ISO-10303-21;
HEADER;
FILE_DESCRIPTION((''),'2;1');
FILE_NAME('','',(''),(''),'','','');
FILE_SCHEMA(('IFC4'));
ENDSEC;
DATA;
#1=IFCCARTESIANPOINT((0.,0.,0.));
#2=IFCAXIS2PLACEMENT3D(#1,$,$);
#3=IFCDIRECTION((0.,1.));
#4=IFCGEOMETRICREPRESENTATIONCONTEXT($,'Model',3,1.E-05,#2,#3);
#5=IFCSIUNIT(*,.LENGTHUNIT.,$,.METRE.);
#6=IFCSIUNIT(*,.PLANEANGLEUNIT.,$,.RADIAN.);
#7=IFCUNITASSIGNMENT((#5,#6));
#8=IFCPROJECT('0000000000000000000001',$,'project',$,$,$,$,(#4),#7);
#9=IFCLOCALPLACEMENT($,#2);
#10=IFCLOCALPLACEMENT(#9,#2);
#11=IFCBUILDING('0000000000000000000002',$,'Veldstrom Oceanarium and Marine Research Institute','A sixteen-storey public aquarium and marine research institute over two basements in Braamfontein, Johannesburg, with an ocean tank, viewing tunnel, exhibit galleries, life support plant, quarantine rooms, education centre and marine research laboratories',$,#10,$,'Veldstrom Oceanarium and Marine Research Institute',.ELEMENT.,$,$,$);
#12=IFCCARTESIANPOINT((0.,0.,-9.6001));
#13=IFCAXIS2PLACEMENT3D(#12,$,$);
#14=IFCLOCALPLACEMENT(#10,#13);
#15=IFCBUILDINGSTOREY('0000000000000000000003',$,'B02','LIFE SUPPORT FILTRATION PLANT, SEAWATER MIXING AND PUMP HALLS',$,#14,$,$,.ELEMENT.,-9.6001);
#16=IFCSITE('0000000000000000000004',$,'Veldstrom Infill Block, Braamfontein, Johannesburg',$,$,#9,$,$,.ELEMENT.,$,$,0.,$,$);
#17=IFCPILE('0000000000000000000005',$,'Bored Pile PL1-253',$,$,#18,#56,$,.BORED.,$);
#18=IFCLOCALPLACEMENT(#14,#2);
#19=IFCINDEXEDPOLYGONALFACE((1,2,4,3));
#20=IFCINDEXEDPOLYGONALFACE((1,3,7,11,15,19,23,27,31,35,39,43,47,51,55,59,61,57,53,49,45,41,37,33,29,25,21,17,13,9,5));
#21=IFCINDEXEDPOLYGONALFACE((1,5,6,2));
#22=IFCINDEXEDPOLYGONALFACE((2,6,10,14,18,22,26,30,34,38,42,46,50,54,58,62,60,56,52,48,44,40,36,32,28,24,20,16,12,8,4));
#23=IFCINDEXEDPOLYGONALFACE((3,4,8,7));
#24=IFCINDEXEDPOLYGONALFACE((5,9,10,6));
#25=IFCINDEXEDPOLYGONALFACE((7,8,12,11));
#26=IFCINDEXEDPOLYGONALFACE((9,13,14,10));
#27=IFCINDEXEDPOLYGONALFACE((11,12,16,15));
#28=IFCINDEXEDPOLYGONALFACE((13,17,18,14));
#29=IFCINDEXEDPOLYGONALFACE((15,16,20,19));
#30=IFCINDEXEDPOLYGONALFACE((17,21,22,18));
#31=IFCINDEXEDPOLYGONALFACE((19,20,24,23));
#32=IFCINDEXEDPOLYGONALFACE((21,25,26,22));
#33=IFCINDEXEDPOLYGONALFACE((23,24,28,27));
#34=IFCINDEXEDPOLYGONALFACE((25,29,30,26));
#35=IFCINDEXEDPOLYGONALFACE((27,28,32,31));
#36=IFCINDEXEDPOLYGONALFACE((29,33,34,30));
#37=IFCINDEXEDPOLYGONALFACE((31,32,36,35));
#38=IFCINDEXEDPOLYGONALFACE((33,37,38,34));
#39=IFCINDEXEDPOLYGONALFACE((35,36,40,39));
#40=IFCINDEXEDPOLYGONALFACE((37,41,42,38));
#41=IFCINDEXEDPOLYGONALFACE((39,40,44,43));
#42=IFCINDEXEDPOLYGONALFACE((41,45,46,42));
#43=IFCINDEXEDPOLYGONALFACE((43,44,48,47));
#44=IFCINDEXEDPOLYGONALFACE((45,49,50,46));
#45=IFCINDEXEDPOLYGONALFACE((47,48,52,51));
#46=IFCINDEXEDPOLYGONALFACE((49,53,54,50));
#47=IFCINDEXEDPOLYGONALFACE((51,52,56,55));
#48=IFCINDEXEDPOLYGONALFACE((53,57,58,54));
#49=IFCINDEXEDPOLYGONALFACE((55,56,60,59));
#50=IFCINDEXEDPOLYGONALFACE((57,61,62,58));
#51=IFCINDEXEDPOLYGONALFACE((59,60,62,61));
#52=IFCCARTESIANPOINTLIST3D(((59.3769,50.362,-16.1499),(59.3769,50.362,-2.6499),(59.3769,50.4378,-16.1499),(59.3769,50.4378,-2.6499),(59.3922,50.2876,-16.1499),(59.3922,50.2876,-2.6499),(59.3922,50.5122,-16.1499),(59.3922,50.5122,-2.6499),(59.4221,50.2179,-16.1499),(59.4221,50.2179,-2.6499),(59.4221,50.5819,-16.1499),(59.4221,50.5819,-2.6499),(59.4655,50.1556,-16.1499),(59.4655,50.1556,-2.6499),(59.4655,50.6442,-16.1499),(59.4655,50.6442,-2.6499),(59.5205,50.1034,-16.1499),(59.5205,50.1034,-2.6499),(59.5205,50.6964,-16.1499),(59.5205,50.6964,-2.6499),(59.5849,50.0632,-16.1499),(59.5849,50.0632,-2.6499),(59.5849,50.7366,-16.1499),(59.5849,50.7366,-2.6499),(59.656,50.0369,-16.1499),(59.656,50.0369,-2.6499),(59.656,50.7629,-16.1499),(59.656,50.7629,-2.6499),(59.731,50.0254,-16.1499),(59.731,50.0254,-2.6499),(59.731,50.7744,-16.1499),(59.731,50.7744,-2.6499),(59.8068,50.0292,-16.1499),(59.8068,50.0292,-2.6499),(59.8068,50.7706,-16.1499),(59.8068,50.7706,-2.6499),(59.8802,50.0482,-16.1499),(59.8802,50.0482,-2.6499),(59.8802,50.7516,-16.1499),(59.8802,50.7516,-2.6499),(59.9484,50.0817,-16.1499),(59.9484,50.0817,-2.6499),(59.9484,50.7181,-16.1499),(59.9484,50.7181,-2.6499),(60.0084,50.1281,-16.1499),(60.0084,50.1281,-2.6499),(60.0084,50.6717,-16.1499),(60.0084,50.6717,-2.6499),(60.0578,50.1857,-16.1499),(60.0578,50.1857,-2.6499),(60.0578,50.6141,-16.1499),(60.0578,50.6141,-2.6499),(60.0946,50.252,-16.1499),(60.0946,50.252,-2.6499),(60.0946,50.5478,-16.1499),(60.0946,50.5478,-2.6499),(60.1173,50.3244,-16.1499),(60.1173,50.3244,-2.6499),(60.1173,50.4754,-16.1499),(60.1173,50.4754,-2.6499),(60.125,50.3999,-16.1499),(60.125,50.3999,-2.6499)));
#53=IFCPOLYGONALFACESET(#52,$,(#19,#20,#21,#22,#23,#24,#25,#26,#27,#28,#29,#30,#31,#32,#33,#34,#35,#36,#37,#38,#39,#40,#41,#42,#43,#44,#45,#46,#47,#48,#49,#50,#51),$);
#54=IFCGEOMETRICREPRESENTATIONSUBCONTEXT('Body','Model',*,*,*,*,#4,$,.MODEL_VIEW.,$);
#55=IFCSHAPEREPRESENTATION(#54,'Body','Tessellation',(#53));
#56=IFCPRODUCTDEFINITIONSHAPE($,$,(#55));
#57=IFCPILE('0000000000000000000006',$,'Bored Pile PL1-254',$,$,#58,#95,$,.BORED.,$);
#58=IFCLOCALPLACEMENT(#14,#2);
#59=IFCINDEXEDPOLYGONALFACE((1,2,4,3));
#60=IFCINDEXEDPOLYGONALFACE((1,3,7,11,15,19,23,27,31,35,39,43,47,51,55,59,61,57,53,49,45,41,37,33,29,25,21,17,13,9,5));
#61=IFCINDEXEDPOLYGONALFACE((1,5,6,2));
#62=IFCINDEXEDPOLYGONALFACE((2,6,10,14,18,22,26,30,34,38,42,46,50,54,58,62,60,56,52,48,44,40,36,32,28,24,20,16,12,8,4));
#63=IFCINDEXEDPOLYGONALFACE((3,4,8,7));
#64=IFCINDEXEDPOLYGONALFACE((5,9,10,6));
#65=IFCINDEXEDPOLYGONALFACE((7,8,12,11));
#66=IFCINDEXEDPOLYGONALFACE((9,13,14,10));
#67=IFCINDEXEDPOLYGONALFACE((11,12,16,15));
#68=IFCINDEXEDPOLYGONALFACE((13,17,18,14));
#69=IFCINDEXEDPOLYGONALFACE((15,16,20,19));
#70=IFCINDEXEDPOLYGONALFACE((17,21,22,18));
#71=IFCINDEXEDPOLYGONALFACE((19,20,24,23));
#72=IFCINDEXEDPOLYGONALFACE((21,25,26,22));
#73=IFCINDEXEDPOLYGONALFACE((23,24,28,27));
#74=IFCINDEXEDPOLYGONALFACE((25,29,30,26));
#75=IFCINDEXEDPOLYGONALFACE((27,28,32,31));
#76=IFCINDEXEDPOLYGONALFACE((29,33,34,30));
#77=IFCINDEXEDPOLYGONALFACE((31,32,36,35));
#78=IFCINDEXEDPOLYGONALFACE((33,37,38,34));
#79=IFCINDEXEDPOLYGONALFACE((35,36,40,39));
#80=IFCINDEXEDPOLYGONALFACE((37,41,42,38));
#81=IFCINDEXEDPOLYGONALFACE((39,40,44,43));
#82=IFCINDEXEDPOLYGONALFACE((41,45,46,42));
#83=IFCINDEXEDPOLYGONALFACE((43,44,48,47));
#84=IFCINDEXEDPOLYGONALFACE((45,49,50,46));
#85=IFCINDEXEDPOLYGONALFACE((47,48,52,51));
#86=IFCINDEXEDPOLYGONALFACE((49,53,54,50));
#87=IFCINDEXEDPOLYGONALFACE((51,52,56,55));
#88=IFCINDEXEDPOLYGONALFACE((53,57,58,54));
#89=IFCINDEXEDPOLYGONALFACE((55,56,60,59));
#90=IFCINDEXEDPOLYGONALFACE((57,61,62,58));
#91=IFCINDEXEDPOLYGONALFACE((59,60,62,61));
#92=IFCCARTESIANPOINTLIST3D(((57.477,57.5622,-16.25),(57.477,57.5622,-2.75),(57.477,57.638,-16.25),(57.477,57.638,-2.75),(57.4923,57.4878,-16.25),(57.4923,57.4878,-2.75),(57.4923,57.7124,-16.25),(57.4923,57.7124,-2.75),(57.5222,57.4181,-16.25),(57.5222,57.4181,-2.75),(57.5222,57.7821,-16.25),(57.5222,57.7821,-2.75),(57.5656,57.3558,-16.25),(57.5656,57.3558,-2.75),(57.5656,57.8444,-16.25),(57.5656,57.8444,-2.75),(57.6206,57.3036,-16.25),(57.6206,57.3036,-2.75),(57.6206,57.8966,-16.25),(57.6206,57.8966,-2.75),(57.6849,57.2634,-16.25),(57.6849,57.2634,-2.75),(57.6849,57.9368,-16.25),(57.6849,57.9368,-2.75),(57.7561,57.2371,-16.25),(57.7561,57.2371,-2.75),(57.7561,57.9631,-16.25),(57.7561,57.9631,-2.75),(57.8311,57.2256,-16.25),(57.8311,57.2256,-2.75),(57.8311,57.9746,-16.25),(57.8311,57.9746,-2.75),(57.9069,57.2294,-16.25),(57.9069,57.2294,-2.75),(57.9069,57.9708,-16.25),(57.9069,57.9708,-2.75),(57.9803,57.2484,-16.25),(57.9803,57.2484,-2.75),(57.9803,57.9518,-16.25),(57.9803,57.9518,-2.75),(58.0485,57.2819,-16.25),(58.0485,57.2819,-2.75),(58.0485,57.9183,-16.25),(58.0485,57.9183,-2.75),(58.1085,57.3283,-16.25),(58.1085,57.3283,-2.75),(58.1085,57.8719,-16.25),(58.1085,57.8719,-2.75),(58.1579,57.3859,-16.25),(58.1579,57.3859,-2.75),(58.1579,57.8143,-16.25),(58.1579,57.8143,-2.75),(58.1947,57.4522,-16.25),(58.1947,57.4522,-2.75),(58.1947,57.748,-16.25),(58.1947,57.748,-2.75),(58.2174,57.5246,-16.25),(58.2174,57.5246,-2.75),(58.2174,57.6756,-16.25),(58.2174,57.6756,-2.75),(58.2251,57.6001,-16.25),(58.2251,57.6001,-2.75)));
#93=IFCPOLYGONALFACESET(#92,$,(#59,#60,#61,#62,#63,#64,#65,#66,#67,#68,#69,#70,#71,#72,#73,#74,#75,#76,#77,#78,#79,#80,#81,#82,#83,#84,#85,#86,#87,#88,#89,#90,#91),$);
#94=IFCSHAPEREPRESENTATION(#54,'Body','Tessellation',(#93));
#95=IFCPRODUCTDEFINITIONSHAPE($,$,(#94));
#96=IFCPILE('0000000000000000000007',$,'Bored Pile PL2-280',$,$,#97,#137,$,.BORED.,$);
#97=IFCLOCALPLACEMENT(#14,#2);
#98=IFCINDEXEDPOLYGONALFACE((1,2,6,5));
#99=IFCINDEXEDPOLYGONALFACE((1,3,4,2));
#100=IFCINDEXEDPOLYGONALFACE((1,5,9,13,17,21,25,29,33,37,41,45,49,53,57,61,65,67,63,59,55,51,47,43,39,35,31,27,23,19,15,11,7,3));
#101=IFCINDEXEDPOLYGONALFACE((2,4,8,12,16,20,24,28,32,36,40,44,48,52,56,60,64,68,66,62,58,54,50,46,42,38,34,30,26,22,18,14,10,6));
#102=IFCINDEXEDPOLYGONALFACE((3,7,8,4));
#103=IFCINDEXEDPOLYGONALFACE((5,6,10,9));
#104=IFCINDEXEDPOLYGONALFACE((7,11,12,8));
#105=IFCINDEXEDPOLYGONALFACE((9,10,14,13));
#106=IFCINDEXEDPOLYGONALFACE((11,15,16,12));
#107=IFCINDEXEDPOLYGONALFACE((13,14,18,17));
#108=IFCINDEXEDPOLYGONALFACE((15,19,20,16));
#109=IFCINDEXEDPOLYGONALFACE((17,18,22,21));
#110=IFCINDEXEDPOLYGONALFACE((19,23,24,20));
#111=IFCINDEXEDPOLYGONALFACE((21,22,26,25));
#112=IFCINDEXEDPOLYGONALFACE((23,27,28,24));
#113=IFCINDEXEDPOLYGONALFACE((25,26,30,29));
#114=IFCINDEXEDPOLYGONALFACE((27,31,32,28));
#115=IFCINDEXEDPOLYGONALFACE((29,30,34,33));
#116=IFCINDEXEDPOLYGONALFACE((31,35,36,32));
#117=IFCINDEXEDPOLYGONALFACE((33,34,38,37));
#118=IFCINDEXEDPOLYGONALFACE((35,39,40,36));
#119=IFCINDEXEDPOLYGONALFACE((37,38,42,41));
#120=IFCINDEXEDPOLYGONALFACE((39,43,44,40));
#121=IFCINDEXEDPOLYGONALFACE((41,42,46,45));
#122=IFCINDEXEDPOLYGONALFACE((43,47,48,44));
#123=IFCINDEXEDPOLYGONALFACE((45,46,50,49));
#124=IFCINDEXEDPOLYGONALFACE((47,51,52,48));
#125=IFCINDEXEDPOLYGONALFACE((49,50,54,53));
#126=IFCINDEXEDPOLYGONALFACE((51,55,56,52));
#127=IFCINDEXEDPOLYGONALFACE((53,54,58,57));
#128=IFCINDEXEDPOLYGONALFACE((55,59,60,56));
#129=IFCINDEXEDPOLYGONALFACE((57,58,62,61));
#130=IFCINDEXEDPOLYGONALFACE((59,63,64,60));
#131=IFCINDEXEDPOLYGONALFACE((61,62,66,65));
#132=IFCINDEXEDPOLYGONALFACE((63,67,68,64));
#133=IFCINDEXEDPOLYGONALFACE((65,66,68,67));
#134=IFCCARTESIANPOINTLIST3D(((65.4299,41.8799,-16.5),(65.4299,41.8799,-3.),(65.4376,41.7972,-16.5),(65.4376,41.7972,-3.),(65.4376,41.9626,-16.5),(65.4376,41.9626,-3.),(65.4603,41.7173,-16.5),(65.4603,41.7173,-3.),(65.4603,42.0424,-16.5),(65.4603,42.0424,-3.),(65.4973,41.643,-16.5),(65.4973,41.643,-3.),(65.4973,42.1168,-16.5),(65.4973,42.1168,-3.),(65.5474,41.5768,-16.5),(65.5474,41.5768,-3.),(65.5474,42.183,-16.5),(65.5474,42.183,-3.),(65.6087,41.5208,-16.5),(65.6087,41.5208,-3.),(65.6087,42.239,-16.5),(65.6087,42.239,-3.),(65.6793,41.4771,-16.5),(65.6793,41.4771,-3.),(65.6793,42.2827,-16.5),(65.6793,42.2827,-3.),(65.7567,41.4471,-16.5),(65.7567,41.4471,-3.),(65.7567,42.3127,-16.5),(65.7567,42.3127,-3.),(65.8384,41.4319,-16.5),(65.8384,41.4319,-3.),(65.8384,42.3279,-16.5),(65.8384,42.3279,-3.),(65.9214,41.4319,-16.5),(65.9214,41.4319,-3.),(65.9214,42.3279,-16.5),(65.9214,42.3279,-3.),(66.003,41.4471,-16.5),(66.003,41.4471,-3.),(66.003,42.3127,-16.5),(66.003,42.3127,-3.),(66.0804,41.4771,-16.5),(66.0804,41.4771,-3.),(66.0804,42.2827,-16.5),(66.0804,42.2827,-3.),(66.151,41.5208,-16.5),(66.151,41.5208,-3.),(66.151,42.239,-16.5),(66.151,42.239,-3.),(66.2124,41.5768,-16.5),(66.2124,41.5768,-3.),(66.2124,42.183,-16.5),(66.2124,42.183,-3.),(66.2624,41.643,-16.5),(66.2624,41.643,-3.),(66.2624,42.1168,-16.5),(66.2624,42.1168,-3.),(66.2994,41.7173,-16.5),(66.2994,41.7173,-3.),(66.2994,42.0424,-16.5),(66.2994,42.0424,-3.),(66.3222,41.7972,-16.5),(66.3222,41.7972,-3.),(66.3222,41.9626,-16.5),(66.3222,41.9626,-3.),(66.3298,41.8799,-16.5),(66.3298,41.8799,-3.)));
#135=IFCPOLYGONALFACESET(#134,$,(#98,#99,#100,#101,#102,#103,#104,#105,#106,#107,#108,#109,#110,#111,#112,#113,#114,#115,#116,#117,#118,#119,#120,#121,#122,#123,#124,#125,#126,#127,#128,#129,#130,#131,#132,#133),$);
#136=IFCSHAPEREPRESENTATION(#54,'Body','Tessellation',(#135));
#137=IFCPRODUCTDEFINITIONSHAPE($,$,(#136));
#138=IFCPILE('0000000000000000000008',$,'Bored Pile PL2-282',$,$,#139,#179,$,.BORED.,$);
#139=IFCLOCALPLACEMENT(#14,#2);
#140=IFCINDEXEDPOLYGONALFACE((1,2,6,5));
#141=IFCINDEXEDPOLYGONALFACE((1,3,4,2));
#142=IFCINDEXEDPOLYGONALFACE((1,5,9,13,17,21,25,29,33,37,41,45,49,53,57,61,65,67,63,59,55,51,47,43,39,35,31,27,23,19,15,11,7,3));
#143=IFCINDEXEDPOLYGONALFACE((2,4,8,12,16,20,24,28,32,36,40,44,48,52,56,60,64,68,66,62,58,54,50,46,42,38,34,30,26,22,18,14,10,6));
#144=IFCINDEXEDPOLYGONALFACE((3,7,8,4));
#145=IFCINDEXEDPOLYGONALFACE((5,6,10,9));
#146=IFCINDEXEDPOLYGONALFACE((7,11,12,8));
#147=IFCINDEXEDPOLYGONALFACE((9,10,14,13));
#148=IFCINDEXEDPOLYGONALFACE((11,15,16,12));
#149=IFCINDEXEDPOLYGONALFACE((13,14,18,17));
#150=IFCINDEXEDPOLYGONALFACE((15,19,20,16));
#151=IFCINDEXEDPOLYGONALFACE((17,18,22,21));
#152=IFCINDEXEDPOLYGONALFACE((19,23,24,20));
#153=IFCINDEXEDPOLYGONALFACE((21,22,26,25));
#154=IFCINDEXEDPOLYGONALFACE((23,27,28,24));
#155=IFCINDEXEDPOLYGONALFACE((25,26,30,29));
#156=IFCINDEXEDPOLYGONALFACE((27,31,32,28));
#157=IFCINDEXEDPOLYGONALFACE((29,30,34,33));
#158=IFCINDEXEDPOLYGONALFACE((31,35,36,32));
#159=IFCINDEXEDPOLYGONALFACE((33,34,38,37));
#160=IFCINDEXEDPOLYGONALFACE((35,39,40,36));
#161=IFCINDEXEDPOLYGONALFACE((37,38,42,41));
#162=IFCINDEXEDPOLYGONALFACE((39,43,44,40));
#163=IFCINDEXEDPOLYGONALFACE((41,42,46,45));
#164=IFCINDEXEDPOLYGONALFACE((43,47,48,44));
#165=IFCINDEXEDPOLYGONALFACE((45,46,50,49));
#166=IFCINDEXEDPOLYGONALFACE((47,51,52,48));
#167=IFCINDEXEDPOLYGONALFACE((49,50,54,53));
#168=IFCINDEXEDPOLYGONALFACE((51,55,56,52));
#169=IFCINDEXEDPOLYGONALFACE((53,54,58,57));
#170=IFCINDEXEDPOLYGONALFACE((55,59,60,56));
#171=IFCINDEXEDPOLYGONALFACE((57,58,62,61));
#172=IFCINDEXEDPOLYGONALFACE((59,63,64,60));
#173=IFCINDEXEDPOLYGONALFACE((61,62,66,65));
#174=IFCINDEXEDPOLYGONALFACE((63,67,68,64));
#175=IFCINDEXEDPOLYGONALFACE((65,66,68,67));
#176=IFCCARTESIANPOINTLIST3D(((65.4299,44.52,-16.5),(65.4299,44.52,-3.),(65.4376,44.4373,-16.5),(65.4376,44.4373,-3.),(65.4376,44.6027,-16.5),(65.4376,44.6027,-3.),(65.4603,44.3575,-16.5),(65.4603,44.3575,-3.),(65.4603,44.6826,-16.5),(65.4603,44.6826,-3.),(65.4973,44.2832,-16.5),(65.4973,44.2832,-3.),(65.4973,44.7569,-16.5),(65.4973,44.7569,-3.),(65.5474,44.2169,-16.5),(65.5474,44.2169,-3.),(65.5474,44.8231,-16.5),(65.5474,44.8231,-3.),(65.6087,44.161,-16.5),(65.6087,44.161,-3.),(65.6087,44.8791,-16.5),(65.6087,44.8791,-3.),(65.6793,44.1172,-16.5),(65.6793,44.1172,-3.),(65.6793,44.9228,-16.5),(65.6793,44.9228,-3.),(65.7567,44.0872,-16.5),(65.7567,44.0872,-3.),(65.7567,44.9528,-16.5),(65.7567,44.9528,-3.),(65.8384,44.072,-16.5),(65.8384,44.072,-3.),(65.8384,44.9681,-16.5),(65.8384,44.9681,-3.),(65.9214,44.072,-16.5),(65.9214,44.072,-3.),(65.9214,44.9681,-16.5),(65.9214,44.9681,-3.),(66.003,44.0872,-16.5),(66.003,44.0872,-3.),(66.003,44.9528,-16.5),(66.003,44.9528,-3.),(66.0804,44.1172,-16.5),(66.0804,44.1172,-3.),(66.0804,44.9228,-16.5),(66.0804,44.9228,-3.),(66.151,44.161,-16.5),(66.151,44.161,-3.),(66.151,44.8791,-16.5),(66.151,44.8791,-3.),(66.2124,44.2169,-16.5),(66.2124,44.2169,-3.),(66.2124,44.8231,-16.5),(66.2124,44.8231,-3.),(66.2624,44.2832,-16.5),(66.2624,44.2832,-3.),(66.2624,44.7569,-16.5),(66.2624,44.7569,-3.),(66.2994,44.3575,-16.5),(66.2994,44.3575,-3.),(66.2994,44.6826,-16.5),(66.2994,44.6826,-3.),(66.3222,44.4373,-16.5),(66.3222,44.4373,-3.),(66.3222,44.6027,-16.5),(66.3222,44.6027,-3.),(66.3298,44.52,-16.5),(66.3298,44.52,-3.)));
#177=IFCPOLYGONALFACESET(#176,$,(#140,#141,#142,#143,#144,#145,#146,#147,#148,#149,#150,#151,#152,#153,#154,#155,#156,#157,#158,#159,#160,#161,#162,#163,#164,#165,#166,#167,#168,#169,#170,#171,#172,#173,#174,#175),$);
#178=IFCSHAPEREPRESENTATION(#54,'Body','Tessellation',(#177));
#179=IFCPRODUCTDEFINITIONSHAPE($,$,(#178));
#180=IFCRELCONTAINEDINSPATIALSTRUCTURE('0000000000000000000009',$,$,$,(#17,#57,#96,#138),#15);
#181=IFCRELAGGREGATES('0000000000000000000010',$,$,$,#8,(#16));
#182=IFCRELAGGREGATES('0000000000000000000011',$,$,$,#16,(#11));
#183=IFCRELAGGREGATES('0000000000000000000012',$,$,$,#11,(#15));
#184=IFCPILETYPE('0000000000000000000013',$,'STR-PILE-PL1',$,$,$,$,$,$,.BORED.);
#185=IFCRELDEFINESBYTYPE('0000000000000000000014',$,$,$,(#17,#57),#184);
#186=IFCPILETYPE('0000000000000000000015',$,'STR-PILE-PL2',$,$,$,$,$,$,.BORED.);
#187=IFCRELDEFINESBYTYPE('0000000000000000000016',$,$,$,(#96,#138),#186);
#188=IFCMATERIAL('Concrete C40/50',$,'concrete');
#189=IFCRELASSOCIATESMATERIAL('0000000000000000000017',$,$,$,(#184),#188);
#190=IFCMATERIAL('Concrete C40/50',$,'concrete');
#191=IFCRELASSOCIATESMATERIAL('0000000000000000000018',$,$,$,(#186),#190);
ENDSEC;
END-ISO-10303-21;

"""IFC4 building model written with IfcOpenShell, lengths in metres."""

from ifc_helpers import new_model, si_unit, direction, frame, origin, origin_2d, place, context, subcontext, project, spatial, circle, extrude, material, material_profile, profile_set, type_object, element, save


model = new_model("IFC4")

# Units and contexts
model_context = context("Model", 3, precision=1e-05, world=origin(), true_north=direction((0.0, 1.0)))
body_context = subcontext(model_context, "Body", "Model", "MODEL_VIEW")
ifc_project = project(units=[si_unit("LENGTHUNIT", "METRE"), si_unit("PLANEANGLEUNIT", "RADIAN")], contexts=[model_context])

# Site, building, storey
site_placement = place(None, origin())
site = spatial("IfcSite", under=ifc_project, at=site_placement, Name="Veldstrom Infill Block, Braamfontein, Johannesburg", CompositionType="ELEMENT", RefElevation=0.0)
building_placement = place(site_placement, origin())
building = spatial("IfcBuilding", under=site, at=building_placement, Name="Veldstrom Oceanarium and Marine Research Institute", Description="A sixteen-storey public aquarium and marine research institute over two basements in Braamfontein, Johannesburg, with an ocean tank, viewing tunnel, exhibit galleries, life support plant, quarantine rooms, education centre and marine research laboratories", LongName="Veldstrom Oceanarium and Marine Research Institute", CompositionType="ELEMENT")
storey_placement = place(building_placement, frame((0.0, 0.0, -9.6001)))
storey = spatial("IfcBuildingStorey", under=building, at=storey_placement, Name="B02", Description="LIFE SUPPORT FILTRATION PLANT, SEAWATER MIXING AND PUMP HALLS", CompositionType="ELEMENT", Elevation=-9.6001)

# Piles
ifc_material_1 = material(Name="Concrete C40/50", Category="concrete")
ifc_material_profile_1 = material_profile(ifc_material_1, circle(Radius=0.375, at=origin_2d()), Name="PILE-D750")
ifc_profile_set_1 = profile_set([ifc_material_profile_1], Name="Concrete C40/50")
pile_type_1 = type_object("IfcPileType", Name="STR-PILE-PL1", PredefinedType="BORED", material=ifc_profile_set_1)
for number, where, z_axis, x_axis, name in (
    (1, (59.75, 50.3999, -2.6499), (0.0, 0.0, -1.0), (1.0, 0.0, 0.0), "Bored Pile PL1-253"),
    (2, (57.8501, 57.6001, -2.75), (0.0, 0.0, -1.0), (1.0, 0.0, 0.0), "Bored Pile PL1-254"),
):
    element("IfcPile", number, at=place(storey_placement, frame(where, z_axis=z_axis, x_axis=x_axis)), inside=storey, type_object=pile_type_1, Name=name, PredefinedType="BORED", context=body_context, shape_type="SweptSolid", body=[
        extrude(circle(Radius=0.375, at=origin_2d()), origin(), (0.0, 0.0, 1.0), 13.5),
    ])
ifc_material_2 = material(Name="Concrete C40/50", Category="concrete")
ifc_material_profile_2 = material_profile(ifc_material_2, circle(Radius=0.45, at=origin_2d()), Name="PILE-D900")
ifc_profile_set_2 = profile_set([ifc_material_profile_2], Name="Concrete C40/50")
pile_type_2 = type_object("IfcPileType", Name="STR-PILE-PL2", PredefinedType="BORED", material=ifc_profile_set_2)
for number, where, z_axis, x_axis, name in (
    (3, (65.8799, 41.8799, -3.0), (0.0, 0.0, -1.0), (1.0, 0.0, 0.0), "Bored Pile PL2-280"),
    (4, (65.8799, 44.52, -3.0), (0.0, 0.0, -1.0), (1.0, 0.0, 0.0), "Bored Pile PL2-282"),
):
    element("IfcPile", number, at=place(storey_placement, frame(where, z_axis=z_axis, x_axis=x_axis)), inside=storey, type_object=pile_type_2, Name=name, PredefinedType="BORED", context=body_context, shape_type="SweptSolid", body=[
        extrude(circle(Radius=0.45, at=origin_2d()), origin(), (0.0, 0.0, 1.0), 13.5),
    ])

save(model, "model.ifc")
